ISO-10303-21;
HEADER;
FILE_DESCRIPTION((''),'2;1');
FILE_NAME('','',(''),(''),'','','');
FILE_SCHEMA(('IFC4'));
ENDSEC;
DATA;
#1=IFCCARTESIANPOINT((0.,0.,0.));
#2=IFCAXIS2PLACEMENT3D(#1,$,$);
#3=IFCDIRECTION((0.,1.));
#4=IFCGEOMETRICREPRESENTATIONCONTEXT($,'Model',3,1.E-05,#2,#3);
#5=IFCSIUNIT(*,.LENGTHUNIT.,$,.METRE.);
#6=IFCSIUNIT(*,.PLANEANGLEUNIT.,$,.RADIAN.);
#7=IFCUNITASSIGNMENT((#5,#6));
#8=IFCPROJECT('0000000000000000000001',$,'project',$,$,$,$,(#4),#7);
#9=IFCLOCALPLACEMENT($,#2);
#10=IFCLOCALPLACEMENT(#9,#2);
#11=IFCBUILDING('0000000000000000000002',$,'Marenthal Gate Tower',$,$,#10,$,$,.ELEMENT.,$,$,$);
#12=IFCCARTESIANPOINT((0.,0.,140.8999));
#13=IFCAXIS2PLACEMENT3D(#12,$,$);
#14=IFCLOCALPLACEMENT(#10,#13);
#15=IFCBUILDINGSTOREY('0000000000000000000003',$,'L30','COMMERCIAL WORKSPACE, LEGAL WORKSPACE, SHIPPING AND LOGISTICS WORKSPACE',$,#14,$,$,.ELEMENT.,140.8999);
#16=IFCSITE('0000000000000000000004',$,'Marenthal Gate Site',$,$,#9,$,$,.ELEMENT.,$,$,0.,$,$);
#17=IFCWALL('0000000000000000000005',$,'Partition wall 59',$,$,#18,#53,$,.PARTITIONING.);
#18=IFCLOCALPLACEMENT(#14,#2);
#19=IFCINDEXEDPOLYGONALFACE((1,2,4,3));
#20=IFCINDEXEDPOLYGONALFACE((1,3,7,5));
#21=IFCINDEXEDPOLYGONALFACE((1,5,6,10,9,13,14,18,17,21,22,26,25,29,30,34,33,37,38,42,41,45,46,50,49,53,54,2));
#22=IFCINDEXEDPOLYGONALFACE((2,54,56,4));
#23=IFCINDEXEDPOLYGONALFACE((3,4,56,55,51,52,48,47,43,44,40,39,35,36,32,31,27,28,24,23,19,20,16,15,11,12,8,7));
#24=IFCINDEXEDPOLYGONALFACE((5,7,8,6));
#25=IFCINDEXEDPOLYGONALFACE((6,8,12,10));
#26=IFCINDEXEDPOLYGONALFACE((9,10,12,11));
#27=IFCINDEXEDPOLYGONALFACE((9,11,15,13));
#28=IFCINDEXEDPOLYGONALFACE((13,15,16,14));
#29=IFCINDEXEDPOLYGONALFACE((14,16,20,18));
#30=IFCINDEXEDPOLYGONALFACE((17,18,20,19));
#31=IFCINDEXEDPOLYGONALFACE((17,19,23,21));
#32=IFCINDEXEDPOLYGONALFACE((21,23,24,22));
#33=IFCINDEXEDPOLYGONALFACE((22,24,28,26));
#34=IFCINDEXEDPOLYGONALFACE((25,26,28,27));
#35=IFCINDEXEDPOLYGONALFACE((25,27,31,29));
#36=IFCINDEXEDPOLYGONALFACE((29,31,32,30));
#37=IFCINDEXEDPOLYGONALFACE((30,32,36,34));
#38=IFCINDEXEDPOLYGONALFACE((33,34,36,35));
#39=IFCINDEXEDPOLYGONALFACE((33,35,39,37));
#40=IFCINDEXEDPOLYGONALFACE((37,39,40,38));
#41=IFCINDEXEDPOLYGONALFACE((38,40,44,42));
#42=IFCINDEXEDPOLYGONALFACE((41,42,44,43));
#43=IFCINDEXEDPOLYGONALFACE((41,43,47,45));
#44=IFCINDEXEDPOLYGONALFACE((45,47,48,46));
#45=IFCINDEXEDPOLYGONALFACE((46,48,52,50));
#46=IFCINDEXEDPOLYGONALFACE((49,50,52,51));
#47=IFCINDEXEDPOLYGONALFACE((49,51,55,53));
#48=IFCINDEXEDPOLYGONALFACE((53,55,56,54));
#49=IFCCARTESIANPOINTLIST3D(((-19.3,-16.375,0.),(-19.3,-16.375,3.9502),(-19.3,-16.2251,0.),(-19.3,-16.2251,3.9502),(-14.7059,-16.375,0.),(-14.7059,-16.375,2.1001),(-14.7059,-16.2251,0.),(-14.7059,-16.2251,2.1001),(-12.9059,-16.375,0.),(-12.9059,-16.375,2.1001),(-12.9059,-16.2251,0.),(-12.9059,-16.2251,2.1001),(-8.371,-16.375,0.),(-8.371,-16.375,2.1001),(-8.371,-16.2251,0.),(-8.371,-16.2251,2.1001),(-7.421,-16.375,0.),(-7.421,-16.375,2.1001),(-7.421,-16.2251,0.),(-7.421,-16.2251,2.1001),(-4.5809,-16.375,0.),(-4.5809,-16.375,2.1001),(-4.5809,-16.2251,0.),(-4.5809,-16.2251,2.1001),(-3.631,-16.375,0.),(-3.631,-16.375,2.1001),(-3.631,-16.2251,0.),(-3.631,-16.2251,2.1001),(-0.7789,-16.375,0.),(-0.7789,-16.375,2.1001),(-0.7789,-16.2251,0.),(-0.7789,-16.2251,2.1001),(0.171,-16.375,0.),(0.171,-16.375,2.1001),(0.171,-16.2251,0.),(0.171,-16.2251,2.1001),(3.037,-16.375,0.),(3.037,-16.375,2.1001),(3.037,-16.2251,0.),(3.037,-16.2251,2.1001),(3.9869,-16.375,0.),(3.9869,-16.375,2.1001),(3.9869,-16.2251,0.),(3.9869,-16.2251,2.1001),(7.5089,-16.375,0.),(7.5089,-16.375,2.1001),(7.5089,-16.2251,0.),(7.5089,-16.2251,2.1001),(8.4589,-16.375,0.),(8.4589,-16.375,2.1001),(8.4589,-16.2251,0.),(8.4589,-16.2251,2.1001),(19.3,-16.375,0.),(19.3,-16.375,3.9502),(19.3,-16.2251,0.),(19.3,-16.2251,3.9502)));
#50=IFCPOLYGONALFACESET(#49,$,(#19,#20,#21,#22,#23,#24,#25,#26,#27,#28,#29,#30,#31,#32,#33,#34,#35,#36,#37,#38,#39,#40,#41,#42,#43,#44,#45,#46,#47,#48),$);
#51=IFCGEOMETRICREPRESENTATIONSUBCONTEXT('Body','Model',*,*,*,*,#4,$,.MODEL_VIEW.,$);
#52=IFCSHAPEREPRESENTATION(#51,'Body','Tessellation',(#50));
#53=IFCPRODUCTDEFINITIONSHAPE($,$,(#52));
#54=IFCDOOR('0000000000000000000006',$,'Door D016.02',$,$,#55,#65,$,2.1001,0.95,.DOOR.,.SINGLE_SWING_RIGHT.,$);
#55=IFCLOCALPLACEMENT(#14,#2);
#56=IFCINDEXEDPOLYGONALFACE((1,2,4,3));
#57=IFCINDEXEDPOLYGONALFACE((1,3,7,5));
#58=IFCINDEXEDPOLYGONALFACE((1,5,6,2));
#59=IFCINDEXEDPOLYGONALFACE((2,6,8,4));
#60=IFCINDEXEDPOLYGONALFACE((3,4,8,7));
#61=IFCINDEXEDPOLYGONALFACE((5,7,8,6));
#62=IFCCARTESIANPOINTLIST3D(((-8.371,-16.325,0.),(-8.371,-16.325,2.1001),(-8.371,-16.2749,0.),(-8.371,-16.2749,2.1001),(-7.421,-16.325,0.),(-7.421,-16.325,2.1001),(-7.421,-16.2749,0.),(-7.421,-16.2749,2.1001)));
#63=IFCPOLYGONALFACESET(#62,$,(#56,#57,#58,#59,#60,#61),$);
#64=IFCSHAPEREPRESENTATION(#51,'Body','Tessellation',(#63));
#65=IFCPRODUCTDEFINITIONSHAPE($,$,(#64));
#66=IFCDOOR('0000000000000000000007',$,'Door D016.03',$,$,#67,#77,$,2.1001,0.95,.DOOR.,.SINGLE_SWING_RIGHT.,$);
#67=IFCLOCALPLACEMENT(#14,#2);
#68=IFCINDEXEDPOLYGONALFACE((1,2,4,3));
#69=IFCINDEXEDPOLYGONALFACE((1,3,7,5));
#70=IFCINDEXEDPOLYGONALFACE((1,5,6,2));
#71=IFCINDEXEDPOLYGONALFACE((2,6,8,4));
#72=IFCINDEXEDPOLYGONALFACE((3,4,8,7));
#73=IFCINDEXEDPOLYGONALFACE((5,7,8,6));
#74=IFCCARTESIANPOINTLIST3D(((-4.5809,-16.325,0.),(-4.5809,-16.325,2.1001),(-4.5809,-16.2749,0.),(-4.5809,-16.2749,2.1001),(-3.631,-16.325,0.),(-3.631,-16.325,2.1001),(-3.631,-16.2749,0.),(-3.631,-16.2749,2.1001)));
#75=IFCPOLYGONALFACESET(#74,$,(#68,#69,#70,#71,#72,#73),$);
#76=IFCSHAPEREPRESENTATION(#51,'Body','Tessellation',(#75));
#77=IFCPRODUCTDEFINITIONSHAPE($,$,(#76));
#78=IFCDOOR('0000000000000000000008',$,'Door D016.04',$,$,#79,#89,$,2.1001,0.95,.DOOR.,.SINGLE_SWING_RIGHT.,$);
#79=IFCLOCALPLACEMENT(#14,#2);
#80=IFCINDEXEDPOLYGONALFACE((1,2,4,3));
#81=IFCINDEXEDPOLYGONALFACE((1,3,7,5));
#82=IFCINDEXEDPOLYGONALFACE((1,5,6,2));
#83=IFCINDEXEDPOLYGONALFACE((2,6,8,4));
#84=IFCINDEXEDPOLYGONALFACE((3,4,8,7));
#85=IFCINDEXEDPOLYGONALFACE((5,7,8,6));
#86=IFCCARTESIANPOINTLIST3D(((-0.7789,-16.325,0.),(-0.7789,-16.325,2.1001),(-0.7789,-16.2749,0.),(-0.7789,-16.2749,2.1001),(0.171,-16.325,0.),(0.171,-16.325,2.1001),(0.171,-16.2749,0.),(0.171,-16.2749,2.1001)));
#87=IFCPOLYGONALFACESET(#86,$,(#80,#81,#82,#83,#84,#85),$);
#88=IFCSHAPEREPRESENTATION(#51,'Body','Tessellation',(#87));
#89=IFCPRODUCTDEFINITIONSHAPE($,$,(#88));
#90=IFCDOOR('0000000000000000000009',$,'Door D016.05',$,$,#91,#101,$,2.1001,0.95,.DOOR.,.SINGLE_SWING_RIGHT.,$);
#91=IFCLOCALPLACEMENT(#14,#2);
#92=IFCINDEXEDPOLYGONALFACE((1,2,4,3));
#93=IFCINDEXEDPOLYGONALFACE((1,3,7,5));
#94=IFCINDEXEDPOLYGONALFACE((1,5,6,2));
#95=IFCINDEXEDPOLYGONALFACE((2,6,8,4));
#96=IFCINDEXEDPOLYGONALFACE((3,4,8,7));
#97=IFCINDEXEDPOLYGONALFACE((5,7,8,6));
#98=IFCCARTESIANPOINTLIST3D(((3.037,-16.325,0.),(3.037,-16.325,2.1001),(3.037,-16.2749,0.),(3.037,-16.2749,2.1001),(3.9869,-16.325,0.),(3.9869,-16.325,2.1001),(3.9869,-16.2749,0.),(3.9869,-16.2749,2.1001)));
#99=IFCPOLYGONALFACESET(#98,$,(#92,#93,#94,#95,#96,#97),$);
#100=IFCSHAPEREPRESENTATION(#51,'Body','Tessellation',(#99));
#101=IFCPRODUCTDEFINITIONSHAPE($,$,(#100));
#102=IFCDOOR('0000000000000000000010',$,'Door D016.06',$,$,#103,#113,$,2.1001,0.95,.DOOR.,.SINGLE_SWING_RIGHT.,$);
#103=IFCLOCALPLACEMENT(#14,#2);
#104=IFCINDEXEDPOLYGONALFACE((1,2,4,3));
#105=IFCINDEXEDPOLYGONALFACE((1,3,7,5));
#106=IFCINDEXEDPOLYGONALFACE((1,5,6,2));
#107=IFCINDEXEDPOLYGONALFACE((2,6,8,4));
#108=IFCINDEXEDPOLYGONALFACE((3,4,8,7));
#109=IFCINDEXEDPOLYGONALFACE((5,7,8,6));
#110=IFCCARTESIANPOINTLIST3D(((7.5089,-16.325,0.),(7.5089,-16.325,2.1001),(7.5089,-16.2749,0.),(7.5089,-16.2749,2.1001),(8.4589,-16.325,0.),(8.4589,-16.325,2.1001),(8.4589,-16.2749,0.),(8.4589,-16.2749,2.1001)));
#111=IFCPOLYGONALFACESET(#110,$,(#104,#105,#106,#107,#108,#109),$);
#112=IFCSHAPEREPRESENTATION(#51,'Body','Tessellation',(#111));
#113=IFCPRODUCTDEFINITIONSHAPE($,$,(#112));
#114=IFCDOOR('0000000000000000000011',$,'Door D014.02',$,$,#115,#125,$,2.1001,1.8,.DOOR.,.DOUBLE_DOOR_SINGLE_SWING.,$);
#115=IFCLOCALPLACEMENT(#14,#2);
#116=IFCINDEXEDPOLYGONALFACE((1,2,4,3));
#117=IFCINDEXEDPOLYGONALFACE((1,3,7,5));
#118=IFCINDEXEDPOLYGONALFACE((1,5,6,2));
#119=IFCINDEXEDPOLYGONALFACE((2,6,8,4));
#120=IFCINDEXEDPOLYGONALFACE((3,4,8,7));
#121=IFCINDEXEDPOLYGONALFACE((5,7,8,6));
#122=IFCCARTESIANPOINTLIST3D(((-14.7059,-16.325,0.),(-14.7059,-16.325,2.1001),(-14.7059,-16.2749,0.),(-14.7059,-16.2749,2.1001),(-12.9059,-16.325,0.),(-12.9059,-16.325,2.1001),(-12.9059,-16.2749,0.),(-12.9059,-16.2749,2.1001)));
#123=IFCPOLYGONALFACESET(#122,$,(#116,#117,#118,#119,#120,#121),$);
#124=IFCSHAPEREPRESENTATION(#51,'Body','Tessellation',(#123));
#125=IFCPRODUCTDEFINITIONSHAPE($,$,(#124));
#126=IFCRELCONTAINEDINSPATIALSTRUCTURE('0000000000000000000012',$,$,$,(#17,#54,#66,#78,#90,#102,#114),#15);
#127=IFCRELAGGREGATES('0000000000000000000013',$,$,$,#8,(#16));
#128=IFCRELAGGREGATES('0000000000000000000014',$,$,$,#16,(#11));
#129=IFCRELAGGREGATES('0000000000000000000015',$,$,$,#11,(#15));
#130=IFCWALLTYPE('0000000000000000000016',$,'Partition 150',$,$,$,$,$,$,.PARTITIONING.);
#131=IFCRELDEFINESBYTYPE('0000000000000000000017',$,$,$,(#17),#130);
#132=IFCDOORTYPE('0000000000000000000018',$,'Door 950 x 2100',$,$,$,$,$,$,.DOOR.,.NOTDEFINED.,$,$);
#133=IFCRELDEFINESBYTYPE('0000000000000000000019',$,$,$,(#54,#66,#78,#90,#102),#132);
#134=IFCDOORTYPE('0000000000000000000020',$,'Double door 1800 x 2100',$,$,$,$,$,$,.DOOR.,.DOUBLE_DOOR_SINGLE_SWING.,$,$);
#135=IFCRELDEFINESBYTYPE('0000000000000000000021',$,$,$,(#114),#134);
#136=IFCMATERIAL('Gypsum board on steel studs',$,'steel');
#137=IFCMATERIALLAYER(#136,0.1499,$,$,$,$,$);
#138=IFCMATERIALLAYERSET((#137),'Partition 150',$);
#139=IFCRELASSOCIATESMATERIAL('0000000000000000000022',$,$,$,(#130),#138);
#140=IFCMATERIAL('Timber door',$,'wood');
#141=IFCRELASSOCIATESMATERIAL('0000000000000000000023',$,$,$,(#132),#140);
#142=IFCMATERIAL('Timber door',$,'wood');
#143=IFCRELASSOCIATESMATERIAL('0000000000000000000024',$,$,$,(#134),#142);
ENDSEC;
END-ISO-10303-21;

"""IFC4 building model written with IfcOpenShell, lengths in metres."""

from ifc_helpers import new_model, si_unit, direction, frame, frame_2d, origin, place, context, subcontext, project, spatial, rectangle, extrude, material, layer, layer_set, type_object, element, fill, save


model = new_model("IFC4")

# Units and contexts
model_context = context("Model", 3, precision=1e-05, world=origin(), true_north=direction((0.0, 1.0)))
body_context = subcontext(model_context, "Body", "Model", "MODEL_VIEW")
ifc_project = project(units=[si_unit("LENGTHUNIT", "METRE"), si_unit("PLANEANGLEUNIT", "RADIAN")], contexts=[model_context])

# Site, building, storey
site_placement = place(None, origin())
site = spatial("IfcSite", under=ifc_project, at=site_placement, Name="Marenthal Gate Site", CompositionType="ELEMENT", RefElevation=0.0)
building_placement = place(site_placement, origin())
building = spatial("IfcBuilding", under=site, at=building_placement, Name="Marenthal Gate Tower", CompositionType="ELEMENT")
storey_placement = place(building_placement, frame((0.0, 0.0, 140.8999)))
storey = spatial("IfcBuildingStorey", under=building, at=storey_placement, Name="L30", Description="COMMERCIAL WORKSPACE, LEGAL WORKSPACE, SHIPPING AND LOGISTICS WORKSPACE", CompositionType="ELEMENT", Elevation=140.8999)

# Wall, openings, doors
ifc_material_1 = material(Name="Gypsum board on steel studs", Category="steel")
ifc_layer_1 = layer(ifc_material_1, 0.1499)
ifc_layer_set_1 = layer_set([ifc_layer_1], Name="Partition 150")
wall_type_1 = type_object("IfcWallType", Name="Partition 150", PredefinedType="PARTITIONING", material=ifc_layer_set_1)
wall_1_placement = place(storey_placement, frame((19.3, -16.3, 0.0), z_axis=(0.0, 0.0, 1.0), x_axis=(-1.0, 0.0, 0.0)))
wall_1 = element("IfcWall", 1, at=wall_1_placement, inside=storey, type_object=wall_type_1, Name="Partition wall 59", PredefinedType="PARTITIONING", context=body_context, shape_type="SweptSolid", body=[
    extrude(rectangle(XDim=38.6001, YDim=0.1499, at=frame_2d((19.3, 0.0))), origin(), (0.0, 0.0, 1.0), 3.9502),
])
opening_1_placement = place(wall_1_placement, frame((32.2061, 0.0, 0.0)))
opening_1 = element("IfcOpeningElement", 2, at=opening_1_placement, cuts=wall_1, PredefinedType="OPENING", context=body_context, shape_type="SweptSolid", body=[
    extrude(rectangle(XDim=1.8, YDim=2.1001, at=frame_2d((0.8999, 1.05))), frame((0.0, 0.085, 0.0), z_axis=(0.0, -1.0, 0.0), x_axis=(1.0, 0.0, 0.0)), (0.0, 0.0, 1.0), 0.1699),
])
opening_2_placement = place(wall_1_placement, frame((26.7209, 0.0, 0.0)))
opening_2 = element("IfcOpeningElement", 3, at=opening_2_placement, cuts=wall_1, PredefinedType="OPENING", context=body_context, shape_type="SweptSolid", body=[
    extrude(rectangle(XDim=0.95, YDim=2.1001, at=frame_2d((0.4751, 1.05))), frame((0.0, 0.085, 0.0), z_axis=(0.0, -1.0, 0.0), x_axis=(1.0, 0.0, 0.0)), (0.0, 0.0, 1.0), 0.1699),
])
opening_3_placement = place(wall_1_placement, frame((22.9309, 0.0, 0.0)))
opening_3 = element("IfcOpeningElement", 4, at=opening_3_placement, cuts=wall_1, PredefinedType="OPENING", context=body_context, shape_type="SweptSolid", body=[
    extrude(rectangle(XDim=0.95, YDim=2.1001, at=frame_2d((0.4751, 1.05))), frame((0.0, 0.085, 0.0), z_axis=(0.0, -1.0, 0.0), x_axis=(1.0, 0.0, 0.0)), (0.0, 0.0, 1.0), 0.1699),
])
opening_4_placement = place(wall_1_placement, frame((19.1289, 0.0, 0.0)))
opening_4 = element("IfcOpeningElement", 5, at=opening_4_placement, cuts=wall_1, PredefinedType="OPENING", context=body_context, shape_type="SweptSolid", body=[
    extrude(rectangle(XDim=0.95, YDim=2.1001, at=frame_2d((0.4751, 1.05))), frame((0.0, 0.085, 0.0), z_axis=(0.0, -1.0, 0.0), x_axis=(1.0, 0.0, 0.0)), (0.0, 0.0, 1.0), 0.1699),
])
opening_5_placement = place(wall_1_placement, frame((15.313, 0.0, 0.0)))
opening_5 = element("IfcOpeningElement", 6, at=opening_5_placement, cuts=wall_1, PredefinedType="OPENING", context=body_context, shape_type="SweptSolid", body=[
    extrude(rectangle(XDim=0.95, YDim=2.1001, at=frame_2d((0.4751, 1.05))), frame((0.0, 0.085, 0.0), z_axis=(0.0, -1.0, 0.0), x_axis=(1.0, 0.0, 0.0)), (0.0, 0.0, 1.0), 0.1699),
])
opening_6_placement = place(wall_1_placement, frame((10.8411, 0.0, 0.0)))
opening_6 = element("IfcOpeningElement", 7, at=opening_6_placement, cuts=wall_1, PredefinedType="OPENING", context=body_context, shape_type="SweptSolid", body=[
    extrude(rectangle(XDim=0.95, YDim=2.1001, at=frame_2d((0.4751, 1.05))), frame((0.0, 0.085, 0.0), z_axis=(0.0, -1.0, 0.0), x_axis=(1.0, 0.0, 0.0)), (0.0, 0.0, 1.0), 0.1699),
])
ifc_material_2 = material(Name="Timber door", Category="wood")
door_type_1 = type_object("IfcDoorType", Name="Door 950 x 2100", OperationType="NOTDEFINED", PredefinedType="DOOR", material=ifc_material_2)
door_1_placement = place(opening_2_placement, origin())
door_1 = element("IfcDoor", 8, at=door_1_placement, inside=storey, type_object=door_type_1, Name="Door D016.02", OperationType="SINGLE_SWING_RIGHT", OverallHeight=2.1001, OverallWidth=0.95, PredefinedType="DOOR", context=body_context, shape_type="SweptSolid", body=[
    extrude(rectangle(XDim=0.95, YDim=2.1001, at=frame_2d((0.4751, 1.05))), frame((0.0, 0.0249, 0.0), z_axis=(0.0, -1.0, 0.0), x_axis=(1.0, 0.0, 0.0)), (0.0, 0.0, 1.0), 0.05),
])
fill(opening_2, door_1)
door_2_placement = place(opening_3_placement, origin())
door_2 = element("IfcDoor", 9, at=door_2_placement, inside=storey, type_object=door_type_1, Name="Door D016.03", OperationType="SINGLE_SWING_RIGHT", OverallHeight=2.1001, OverallWidth=0.95, PredefinedType="DOOR", context=body_context, shape_type="SweptSolid", body=[
    extrude(rectangle(XDim=0.95, YDim=2.1001, at=frame_2d((0.4751, 1.05))), frame((0.0, 0.0249, 0.0), z_axis=(0.0, -1.0, 0.0), x_axis=(1.0, 0.0, 0.0)), (0.0, 0.0, 1.0), 0.05),
])
fill(opening_3, door_2)
door_3_placement = place(opening_4_placement, origin())
door_3 = element("IfcDoor", 10, at=door_3_placement, inside=storey, type_object=door_type_1, Name="Door D016.04", OperationType="SINGLE_SWING_RIGHT", OverallHeight=2.1001, OverallWidth=0.95, PredefinedType="DOOR", context=body_context, shape_type="SweptSolid", body=[
    extrude(rectangle(XDim=0.95, YDim=2.1001, at=frame_2d((0.4751, 1.05))), frame((0.0, 0.0249, 0.0), z_axis=(0.0, -1.0, 0.0), x_axis=(1.0, 0.0, 0.0)), (0.0, 0.0, 1.0), 0.05),
])
fill(opening_4, door_3)
door_4_placement = place(opening_5_placement, origin())
door_4 = element("IfcDoor", 11, at=door_4_placement, inside=storey, type_object=door_type_1, Name="Door D016.05", OperationType="SINGLE_SWING_RIGHT", OverallHeight=2.1001, OverallWidth=0.95, PredefinedType="DOOR", context=body_context, shape_type="SweptSolid", body=[
    extrude(rectangle(XDim=0.95, YDim=2.1001, at=frame_2d((0.4751, 1.05))), frame((0.0, 0.0249, 0.0), z_axis=(0.0, -1.0, 0.0), x_axis=(1.0, 0.0, 0.0)), (0.0, 0.0, 1.0), 0.05),
])
fill(opening_5, door_4)
door_5_placement = place(opening_6_placement, origin())
door_5 = element("IfcDoor", 12, at=door_5_placement, inside=storey, type_object=door_type_1, Name="Door D016.06", OperationType="SINGLE_SWING_RIGHT", OverallHeight=2.1001, OverallWidth=0.95, PredefinedType="DOOR", context=body_context, shape_type="SweptSolid", body=[
    extrude(rectangle(XDim=0.95, YDim=2.1001, at=frame_2d((0.4751, 1.05))), frame((0.0, 0.0249, 0.0), z_axis=(0.0, -1.0, 0.0), x_axis=(1.0, 0.0, 0.0)), (0.0, 0.0, 1.0), 0.05),
])
fill(opening_6, door_5)
ifc_material_3 = material(Name="Timber door", Category="wood")
door_type_2 = type_object("IfcDoorType", Name="Double door 1800 x 2100", OperationType="DOUBLE_DOOR_SINGLE_SWING", PredefinedType="DOOR", material=ifc_material_3)
door_6_placement = place(opening_1_placement, origin())
door_6 = element("IfcDoor", 13, at=door_6_placement, inside=storey, type_object=door_type_2, Name="Door D014.02", OperationType="DOUBLE_DOOR_SINGLE_SWING", OverallHeight=2.1001, OverallWidth=1.8, PredefinedType="DOOR", context=body_context, shape_type="SweptSolid", body=[
    extrude(rectangle(XDim=1.8, YDim=2.1001, at=frame_2d((0.8999, 1.05))), frame((0.0, 0.0249, 0.0), z_axis=(0.0, -1.0, 0.0), x_axis=(1.0, 0.0, 0.0)), (0.0, 0.0, 1.0), 0.05),
])
fill(opening_1, door_6)

save(model, "model.ifc")
